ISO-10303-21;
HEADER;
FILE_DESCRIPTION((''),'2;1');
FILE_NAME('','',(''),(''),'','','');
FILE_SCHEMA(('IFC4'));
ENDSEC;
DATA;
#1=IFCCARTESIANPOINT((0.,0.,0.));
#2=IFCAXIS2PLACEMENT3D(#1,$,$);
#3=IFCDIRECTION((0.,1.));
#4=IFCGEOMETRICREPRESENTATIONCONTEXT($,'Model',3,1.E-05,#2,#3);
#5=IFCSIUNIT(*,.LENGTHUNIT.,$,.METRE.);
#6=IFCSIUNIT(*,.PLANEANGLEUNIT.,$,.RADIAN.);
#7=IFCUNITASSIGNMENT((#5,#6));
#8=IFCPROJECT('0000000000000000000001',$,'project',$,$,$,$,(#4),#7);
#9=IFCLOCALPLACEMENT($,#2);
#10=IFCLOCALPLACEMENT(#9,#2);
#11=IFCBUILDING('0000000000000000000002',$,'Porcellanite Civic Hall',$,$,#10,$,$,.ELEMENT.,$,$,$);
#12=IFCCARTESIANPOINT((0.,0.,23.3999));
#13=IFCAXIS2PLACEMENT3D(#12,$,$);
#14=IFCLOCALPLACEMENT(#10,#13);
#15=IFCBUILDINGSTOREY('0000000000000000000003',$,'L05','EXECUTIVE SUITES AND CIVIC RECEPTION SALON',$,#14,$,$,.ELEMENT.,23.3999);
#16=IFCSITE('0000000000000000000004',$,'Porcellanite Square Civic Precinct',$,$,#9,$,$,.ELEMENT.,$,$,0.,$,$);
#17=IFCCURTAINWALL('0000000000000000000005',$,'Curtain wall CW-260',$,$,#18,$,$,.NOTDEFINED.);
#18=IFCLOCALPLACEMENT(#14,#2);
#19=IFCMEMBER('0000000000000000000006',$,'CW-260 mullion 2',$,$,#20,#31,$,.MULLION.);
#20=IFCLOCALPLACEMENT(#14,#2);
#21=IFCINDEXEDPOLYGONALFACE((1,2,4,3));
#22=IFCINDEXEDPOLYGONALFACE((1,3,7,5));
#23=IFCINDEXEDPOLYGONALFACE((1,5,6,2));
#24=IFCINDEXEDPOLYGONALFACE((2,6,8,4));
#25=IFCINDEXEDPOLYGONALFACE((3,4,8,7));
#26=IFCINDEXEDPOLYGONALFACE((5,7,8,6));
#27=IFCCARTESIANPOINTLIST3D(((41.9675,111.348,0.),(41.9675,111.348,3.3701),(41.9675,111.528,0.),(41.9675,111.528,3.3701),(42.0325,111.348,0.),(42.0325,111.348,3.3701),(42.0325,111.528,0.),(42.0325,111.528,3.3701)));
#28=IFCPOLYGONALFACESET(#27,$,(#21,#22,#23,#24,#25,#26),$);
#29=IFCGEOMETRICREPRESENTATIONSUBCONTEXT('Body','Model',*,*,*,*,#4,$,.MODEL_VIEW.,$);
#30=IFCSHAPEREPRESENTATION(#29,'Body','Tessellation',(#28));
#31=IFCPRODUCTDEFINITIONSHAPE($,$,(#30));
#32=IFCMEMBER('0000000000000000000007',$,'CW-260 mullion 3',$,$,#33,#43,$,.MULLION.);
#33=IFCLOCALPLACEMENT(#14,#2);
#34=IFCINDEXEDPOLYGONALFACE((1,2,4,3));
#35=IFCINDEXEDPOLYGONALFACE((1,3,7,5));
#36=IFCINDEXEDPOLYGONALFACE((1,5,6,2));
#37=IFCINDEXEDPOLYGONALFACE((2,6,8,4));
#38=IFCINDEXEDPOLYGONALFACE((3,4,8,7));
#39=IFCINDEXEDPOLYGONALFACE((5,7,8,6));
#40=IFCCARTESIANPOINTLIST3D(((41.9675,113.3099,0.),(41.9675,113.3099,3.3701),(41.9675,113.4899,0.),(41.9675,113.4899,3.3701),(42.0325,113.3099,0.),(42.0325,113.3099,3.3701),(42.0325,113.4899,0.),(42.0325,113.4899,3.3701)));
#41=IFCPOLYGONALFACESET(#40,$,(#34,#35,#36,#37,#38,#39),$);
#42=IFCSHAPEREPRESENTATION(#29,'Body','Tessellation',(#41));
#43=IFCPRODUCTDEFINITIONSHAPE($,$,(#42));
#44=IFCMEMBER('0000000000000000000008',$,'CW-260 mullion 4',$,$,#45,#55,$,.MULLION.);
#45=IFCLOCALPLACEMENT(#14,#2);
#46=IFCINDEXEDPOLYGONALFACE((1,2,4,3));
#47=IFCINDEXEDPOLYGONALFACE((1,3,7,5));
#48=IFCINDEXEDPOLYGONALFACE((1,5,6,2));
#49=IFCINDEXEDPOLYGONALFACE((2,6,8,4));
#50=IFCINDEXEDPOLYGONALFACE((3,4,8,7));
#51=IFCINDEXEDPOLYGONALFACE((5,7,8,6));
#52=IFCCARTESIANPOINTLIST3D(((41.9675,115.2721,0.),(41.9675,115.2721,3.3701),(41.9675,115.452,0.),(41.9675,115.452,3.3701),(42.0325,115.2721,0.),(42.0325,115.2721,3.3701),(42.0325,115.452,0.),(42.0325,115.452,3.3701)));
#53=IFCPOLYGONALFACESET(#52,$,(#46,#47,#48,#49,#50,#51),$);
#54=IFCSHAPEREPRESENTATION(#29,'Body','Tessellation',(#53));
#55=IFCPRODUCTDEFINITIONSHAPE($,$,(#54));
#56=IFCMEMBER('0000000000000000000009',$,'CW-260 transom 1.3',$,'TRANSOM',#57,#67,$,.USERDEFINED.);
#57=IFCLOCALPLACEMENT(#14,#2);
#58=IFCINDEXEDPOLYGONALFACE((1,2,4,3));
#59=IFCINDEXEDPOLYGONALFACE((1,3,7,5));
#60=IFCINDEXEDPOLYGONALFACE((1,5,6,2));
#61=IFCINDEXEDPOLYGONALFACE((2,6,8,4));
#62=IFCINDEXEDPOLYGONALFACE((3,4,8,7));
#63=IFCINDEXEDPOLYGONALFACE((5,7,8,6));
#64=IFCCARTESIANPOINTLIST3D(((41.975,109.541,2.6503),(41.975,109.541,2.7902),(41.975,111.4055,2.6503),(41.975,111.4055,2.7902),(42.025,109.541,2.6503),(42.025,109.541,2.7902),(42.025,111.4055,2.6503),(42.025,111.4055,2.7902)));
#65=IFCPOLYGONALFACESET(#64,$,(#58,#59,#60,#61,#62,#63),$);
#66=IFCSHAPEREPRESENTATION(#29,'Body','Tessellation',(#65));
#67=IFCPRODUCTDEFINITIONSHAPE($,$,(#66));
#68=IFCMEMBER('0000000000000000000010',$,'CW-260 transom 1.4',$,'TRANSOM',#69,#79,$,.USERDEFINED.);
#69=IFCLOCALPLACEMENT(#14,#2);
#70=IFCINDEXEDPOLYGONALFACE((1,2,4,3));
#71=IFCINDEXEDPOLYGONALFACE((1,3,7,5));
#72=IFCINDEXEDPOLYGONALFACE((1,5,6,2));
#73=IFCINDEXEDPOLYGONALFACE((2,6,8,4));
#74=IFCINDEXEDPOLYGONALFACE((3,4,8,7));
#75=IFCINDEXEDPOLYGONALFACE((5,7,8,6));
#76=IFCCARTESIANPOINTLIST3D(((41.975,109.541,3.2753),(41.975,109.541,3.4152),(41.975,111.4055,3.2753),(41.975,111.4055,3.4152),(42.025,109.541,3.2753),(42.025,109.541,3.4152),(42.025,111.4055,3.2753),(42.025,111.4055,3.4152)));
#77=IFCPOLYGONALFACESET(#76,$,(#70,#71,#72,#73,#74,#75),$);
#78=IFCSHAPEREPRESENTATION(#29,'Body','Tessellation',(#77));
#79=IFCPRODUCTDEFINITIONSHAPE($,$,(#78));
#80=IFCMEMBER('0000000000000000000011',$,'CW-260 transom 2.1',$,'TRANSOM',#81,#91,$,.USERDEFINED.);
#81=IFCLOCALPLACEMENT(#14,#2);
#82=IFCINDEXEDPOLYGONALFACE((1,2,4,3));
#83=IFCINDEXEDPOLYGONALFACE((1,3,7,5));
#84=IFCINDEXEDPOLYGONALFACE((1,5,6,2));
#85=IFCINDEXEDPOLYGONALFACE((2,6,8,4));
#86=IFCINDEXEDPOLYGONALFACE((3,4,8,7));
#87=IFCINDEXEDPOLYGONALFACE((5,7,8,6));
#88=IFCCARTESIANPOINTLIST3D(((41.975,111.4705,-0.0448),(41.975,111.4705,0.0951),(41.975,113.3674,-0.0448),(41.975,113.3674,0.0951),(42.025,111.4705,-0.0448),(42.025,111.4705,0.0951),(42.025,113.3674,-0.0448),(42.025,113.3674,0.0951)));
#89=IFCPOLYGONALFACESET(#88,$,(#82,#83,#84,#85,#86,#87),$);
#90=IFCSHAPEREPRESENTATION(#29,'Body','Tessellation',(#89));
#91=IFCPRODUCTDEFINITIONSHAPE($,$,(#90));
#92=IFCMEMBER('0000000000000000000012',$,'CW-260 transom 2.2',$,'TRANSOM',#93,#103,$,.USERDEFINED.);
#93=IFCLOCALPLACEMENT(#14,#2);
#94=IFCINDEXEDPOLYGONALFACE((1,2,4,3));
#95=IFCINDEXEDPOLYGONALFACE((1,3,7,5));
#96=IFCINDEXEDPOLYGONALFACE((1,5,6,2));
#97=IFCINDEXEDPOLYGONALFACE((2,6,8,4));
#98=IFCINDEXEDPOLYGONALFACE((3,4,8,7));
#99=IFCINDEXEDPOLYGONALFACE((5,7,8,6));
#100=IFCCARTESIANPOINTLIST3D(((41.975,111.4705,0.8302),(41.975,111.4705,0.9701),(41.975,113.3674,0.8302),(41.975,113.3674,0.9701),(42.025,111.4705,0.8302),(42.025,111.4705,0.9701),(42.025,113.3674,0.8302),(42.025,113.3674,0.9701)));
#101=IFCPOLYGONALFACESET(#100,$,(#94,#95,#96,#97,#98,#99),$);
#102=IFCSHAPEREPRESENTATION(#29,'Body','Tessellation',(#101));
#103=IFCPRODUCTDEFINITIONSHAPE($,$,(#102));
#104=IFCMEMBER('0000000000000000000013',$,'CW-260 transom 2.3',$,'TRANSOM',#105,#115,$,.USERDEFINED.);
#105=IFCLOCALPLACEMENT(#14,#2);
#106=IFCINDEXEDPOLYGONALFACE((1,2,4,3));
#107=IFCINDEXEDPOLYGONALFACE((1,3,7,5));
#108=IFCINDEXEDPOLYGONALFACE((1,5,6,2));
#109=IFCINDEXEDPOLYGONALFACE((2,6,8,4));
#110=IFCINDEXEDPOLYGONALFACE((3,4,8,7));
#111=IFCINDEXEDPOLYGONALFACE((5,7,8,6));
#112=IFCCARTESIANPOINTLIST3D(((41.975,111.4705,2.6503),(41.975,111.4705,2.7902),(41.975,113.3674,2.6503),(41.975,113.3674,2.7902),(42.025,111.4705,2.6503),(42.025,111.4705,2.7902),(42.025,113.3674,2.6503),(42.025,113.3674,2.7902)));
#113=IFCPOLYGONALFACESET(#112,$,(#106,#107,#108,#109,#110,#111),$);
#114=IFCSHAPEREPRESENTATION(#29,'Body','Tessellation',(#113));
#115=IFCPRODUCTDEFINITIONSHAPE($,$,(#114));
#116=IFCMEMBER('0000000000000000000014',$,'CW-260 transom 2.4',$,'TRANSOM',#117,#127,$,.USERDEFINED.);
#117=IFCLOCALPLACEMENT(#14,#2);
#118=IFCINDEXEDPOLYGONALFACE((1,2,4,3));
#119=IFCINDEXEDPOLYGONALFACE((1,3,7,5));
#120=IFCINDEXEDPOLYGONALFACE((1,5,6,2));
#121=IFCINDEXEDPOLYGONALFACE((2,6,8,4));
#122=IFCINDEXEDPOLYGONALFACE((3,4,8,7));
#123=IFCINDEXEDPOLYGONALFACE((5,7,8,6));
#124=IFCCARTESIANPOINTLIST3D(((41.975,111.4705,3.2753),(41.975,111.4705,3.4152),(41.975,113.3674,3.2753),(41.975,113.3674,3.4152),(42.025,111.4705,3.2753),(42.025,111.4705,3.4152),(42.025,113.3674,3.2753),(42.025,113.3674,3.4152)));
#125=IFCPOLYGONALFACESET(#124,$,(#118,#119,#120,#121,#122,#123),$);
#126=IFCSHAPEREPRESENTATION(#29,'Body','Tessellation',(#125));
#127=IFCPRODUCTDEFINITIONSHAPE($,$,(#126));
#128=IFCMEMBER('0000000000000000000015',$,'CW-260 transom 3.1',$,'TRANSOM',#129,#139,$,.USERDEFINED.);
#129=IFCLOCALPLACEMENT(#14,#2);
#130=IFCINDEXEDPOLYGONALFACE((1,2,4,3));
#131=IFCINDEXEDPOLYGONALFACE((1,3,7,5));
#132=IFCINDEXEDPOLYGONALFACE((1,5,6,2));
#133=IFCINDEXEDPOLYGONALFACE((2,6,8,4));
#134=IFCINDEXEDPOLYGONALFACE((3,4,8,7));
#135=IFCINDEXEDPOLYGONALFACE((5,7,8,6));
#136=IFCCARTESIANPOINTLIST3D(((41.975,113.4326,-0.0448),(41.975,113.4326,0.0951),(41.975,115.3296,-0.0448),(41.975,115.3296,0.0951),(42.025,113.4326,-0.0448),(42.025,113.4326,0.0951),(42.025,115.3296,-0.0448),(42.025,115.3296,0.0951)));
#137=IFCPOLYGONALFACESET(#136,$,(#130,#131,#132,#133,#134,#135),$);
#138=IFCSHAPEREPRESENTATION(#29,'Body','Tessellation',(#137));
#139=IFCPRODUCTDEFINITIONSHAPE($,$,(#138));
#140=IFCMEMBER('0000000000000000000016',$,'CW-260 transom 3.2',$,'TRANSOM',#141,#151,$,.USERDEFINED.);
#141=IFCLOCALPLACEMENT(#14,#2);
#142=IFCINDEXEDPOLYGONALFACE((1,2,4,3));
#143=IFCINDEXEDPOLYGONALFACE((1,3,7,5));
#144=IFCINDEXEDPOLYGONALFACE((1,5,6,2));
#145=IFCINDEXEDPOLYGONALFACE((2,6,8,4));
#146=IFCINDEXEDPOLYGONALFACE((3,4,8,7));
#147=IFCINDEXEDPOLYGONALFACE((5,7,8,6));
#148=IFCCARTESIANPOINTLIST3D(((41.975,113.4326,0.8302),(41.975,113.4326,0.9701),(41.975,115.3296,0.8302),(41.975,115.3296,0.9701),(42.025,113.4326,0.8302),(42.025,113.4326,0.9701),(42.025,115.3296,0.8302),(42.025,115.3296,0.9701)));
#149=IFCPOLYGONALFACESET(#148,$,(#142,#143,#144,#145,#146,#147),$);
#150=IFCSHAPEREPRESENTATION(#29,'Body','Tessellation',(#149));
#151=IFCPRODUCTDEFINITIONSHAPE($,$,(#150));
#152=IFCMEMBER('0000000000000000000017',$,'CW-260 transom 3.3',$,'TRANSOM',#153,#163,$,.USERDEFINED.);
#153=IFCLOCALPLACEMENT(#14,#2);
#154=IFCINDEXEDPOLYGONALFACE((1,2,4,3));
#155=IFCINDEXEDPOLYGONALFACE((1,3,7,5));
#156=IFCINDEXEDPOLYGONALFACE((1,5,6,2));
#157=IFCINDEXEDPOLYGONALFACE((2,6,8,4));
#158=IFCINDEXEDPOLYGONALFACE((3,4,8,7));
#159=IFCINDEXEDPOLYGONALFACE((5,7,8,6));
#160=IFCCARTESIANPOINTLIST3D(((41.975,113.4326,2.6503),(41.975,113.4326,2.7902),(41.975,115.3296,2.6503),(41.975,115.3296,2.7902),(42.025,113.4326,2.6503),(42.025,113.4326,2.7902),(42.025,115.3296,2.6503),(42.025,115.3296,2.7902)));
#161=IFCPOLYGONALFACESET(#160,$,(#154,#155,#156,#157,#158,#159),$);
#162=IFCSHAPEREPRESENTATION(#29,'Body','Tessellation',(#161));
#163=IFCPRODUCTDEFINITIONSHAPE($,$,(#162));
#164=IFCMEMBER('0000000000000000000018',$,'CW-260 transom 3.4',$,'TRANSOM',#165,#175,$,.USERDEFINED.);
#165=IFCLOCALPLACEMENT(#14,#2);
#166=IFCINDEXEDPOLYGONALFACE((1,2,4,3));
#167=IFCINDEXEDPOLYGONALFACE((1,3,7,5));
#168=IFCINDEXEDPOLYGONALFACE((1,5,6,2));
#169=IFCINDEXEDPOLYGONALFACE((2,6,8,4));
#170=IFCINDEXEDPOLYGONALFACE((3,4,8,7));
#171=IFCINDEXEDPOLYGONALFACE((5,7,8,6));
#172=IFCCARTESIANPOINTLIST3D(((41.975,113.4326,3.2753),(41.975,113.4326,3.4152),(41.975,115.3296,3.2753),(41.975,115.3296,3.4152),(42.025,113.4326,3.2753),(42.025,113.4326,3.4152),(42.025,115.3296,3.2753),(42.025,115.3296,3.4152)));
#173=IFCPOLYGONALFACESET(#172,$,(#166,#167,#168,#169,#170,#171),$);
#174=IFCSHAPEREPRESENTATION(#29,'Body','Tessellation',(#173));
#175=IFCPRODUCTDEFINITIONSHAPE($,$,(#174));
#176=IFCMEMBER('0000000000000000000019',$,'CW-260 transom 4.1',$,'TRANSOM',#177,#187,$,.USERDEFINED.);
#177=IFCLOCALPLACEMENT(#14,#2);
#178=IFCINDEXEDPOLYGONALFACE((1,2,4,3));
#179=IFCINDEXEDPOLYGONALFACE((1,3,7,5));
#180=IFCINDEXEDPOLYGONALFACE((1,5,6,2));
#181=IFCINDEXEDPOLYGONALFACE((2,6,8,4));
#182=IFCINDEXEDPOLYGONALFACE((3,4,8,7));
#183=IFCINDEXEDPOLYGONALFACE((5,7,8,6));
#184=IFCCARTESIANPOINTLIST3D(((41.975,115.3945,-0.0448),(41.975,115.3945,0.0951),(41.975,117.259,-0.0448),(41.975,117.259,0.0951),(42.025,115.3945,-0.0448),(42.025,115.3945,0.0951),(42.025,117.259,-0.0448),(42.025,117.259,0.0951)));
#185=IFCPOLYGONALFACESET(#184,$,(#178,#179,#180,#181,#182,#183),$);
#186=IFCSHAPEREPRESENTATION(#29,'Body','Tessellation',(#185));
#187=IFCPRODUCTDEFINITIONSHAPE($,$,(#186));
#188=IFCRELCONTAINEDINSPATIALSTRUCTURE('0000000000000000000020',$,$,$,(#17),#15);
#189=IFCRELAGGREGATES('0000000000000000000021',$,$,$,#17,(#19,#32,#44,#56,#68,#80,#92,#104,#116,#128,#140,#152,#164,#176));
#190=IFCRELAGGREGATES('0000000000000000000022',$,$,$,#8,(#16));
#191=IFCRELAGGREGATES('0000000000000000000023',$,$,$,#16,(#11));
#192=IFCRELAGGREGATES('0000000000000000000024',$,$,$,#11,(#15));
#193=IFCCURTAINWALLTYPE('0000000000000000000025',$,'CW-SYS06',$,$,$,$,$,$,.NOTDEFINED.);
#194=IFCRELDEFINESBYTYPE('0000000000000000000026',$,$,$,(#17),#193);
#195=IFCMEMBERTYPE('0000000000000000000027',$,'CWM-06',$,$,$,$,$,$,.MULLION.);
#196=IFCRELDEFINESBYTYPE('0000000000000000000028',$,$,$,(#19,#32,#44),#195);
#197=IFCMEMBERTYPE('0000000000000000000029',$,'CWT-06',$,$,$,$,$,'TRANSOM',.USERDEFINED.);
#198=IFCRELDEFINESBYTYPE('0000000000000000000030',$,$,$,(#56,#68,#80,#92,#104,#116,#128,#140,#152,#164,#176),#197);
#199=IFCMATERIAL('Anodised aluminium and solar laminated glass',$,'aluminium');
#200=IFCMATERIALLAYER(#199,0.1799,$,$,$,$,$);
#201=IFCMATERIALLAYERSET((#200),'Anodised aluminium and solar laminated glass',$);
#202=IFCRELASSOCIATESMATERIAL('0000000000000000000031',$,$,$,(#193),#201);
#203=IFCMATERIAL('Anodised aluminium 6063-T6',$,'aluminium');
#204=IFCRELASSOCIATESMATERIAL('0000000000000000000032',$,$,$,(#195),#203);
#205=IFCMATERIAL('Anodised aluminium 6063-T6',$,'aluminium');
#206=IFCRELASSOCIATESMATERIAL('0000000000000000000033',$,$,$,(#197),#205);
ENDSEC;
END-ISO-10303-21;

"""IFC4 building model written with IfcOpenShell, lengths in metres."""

from ifc_helpers import new_model, si_unit, direction, frame, origin, origin_2d, place, context, subcontext, project, spatial, rectangle, extrude, material, layer, layer_set, material_profile, profile_set, type_object, element, aggregate, save


model = new_model("IFC4")

# Units and contexts
model_context = context("Model", 3, precision=1e-05, world=origin(), true_north=direction((0.0, 1.0)))
body_context = subcontext(model_context, "Body", "Model", "MODEL_VIEW")
ifc_project = project(units=[si_unit("LENGTHUNIT", "METRE"), si_unit("PLANEANGLEUNIT", "RADIAN")], contexts=[model_context])

# Site, building, storey
site_placement = place(None, origin())
site = spatial("IfcSite", under=ifc_project, at=site_placement, Name="Porcellanite Square Civic Precinct", CompositionType="ELEMENT", RefElevation=0.0)
building_placement = place(site_placement, origin())
building = spatial("IfcBuilding", under=site, at=building_placement, Name="Porcellanite Civic Hall", CompositionType="ELEMENT")
storey_placement = place(building_placement, frame((0.0, 0.0, 23.3999)))
storey = spatial("IfcBuildingStorey", under=building, at=storey_placement, Name="L05", Description="EXECUTIVE SUITES AND CIVIC RECEPTION SALON", CompositionType="ELEMENT", Elevation=23.3999)

# Curtain wall, members
ifc_material_1 = material(Name="Anodised aluminium and solar laminated glass", Category="aluminium")
ifc_layer_1 = layer(ifc_material_1, 0.1799)
ifc_layer_set_1 = layer_set([ifc_layer_1], Name="Anodised aluminium and solar laminated glass")
curtain_wall_type = type_object("IfcCurtainWallType", Name="CW-SYS06", PredefinedType="NOTDEFINED", material=ifc_layer_set_1)
curtain_wall_placement = place(storey_placement, origin())
curtain_wall = element("IfcCurtainWall", 1, at=curtain_wall_placement, inside=storey, type_object=curtain_wall_type, Name="Curtain wall CW-260", PredefinedType="NOTDEFINED")
ifc_material_2 = material(Name="Anodised aluminium 6063-T6", Category="aluminium")
ifc_material_profile_1 = material_profile(ifc_material_2, rectangle(XDim=0.0649, YDim=0.1799, at=origin_2d()), Name="AL-65x180")
ifc_profile_set_1 = profile_set([ifc_material_profile_1], Name="Anodised aluminium 6063-T6")
member_type_1 = type_object("IfcMemberType", Name="CWM-06", PredefinedType="MULLION", material=ifc_profile_set_1)
member_1_placement = place(storey_placement, frame((42.0, 111.438, 0.0), z_axis=(0.0, 0.0, 1.0), x_axis=(-1.0, 0.0, 0.0)))
member_1 = element("IfcMember", 2, at=member_1_placement, type_object=member_type_1, Name="CW-260 mullion 2", PredefinedType="MULLION", context=body_context, shape_type="SweptSolid", body=[
    extrude(rectangle(XDim=0.0649, YDim=0.1799, at=origin_2d()), origin(), (0.0, 0.0, 1.0), 3.3701),
])
member_2_placement = place(storey_placement, frame((42.0, 113.3999, 0.0), z_axis=(0.0, 0.0, 1.0), x_axis=(-1.0, 0.0, 0.0)))
member_2 = element("IfcMember", 3, at=member_2_placement, type_object=member_type_1, Name="CW-260 mullion 3", PredefinedType="MULLION", context=body_context, shape_type="SweptSolid", body=[
    extrude(rectangle(XDim=0.0649, YDim=0.1799, at=origin_2d()), origin(), (0.0, 0.0, 1.0), 3.3701),
])
member_3_placement = place(storey_placement, frame((42.0, 115.3621, 0.0), z_axis=(0.0, 0.0, 1.0), x_axis=(-1.0, 0.0, 0.0)))
member_3 = element("IfcMember", 4, at=member_3_placement, type_object=member_type_1, Name="CW-260 mullion 4", PredefinedType="MULLION", context=body_context, shape_type="SweptSolid", body=[
    extrude(rectangle(XDim=0.0649, YDim=0.1799, at=origin_2d()), origin(), (0.0, 0.0, 1.0), 3.3701),
])
ifc_material_3 = material(Name="Anodised aluminium 6063-T6", Category="aluminium")
ifc_material_profile_2 = material_profile(ifc_material_3, rectangle(XDim=0.05, YDim=0.1399, at=origin_2d()), Name="AL-50x140")
ifc_profile_set_2 = profile_set([ifc_material_profile_2], Name="Anodised aluminium 6063-T6")
member_type_2 = type_object("IfcMemberType", Name="CWT-06", ElementType="TRANSOM", PredefinedType="USERDEFINED", material=ifc_profile_set_2)
member_4_placement = place(storey_placement, frame((42.0, 109.541, 2.7202), z_axis=(0.0, 1.0, 0.0), x_axis=(-1.0, 0.0, 0.0)))
member_4 = element("IfcMember", 5, at=member_4_placement, type_object=member_type_2, Name="CW-260 transom 1.3", ObjectType="TRANSOM", PredefinedType="USERDEFINED", context=body_context, shape_type="SweptSolid", body=[
    extrude(rectangle(XDim=0.05, YDim=0.1399, at=origin_2d()), origin(), (0.0, 0.0, 1.0), 1.8645),
])
member_5_placement = place(storey_placement, frame((42.0, 109.541, 3.3452), z_axis=(0.0, 1.0, 0.0), x_axis=(-1.0, 0.0, 0.0)))
member_5 = element("IfcMember", 6, at=member_5_placement, type_object=member_type_2, Name="CW-260 transom 1.4", ObjectType="TRANSOM", PredefinedType="USERDEFINED", context=body_context, shape_type="SweptSolid", body=[
    extrude(rectangle(XDim=0.05, YDim=0.1399, at=origin_2d()), origin(), (0.0, 0.0, 1.0), 1.8645),
])
member_6_placement = place(storey_placement, frame((42.0, 111.4705, 0.0251), z_axis=(0.0, 1.0, 0.0), x_axis=(-1.0, 0.0, 0.0)))
member_6 = element("IfcMember", 7, at=member_6_placement, type_object=member_type_2, Name="CW-260 transom 2.1", ObjectType="TRANSOM", PredefinedType="USERDEFINED", context=body_context, shape_type="SweptSolid", body=[
    extrude(rectangle(XDim=0.05, YDim=0.1399, at=origin_2d()), origin(), (0.0, 0.0, 1.0), 1.897),
])
member_7_placement = place(storey_placement, frame((42.0, 111.4705, 0.9001), z_axis=(0.0, 1.0, 0.0), x_axis=(-1.0, 0.0, 0.0)))
member_7 = element("IfcMember", 8, at=member_7_placement, type_object=member_type_2, Name="CW-260 transom 2.2", ObjectType="TRANSOM", PredefinedType="USERDEFINED", context=body_context, shape_type="SweptSolid", body=[
    extrude(rectangle(XDim=0.05, YDim=0.1399, at=origin_2d()), origin(), (0.0, 0.0, 1.0), 1.897),
])
member_8_placement = place(storey_placement, frame((42.0, 111.4705, 2.7202), z_axis=(0.0, 1.0, 0.0), x_axis=(-1.0, 0.0, 0.0)))
member_8 = element("IfcMember", 9, at=member_8_placement, type_object=member_type_2, Name="CW-260 transom 2.3", ObjectType="TRANSOM", PredefinedType="USERDEFINED", context=body_context, shape_type="SweptSolid", body=[
    extrude(rectangle(XDim=0.05, YDim=0.1399, at=origin_2d()), origin(), (0.0, 0.0, 1.0), 1.897),
])
member_9_placement = place(storey_placement, frame((42.0, 111.4705, 3.3452), z_axis=(0.0, 1.0, 0.0), x_axis=(-1.0, 0.0, 0.0)))
member_9 = element("IfcMember", 10, at=member_9_placement, type_object=member_type_2, Name="CW-260 transom 2.4", ObjectType="TRANSOM", PredefinedType="USERDEFINED", context=body_context, shape_type="SweptSolid", body=[
    extrude(rectangle(XDim=0.05, YDim=0.1399, at=origin_2d()), origin(), (0.0, 0.0, 1.0), 1.897),
])
member_10_placement = place(storey_placement, frame((42.0, 113.4326, 0.0251), z_axis=(0.0, 1.0, 0.0), x_axis=(-1.0, 0.0, 0.0)))
member_10 = element("IfcMember", 11, at=member_10_placement, type_object=member_type_2, Name="CW-260 transom 3.1", ObjectType="TRANSOM", PredefinedType="USERDEFINED", context=body_context, shape_type="SweptSolid", body=[
    extrude(rectangle(XDim=0.05, YDim=0.1399, at=origin_2d()), origin(), (0.0, 0.0, 1.0), 1.897),
])
member_11_placement = place(storey_placement, frame((42.0, 113.4326, 0.9001), z_axis=(0.0, 1.0, 0.0), x_axis=(-1.0, 0.0, 0.0)))
member_11 = element("IfcMember", 12, at=member_11_placement, type_object=member_type_2, Name="CW-260 transom 3.2", ObjectType="TRANSOM", PredefinedType="USERDEFINED", context=body_context, shape_type="SweptSolid", body=[
    extrude(rectangle(XDim=0.05, YDim=0.1399, at=origin_2d()), origin(), (0.0, 0.0, 1.0), 1.897),
])
member_12_placement = place(storey_placement, frame((42.0, 113.4326, 2.7202), z_axis=(0.0, 1.0, 0.0), x_axis=(-1.0, 0.0, 0.0)))
member_12 = element("IfcMember", 13, at=member_12_placement, type_object=member_type_2, Name="CW-260 transom 3.3", ObjectType="TRANSOM", PredefinedType="USERDEFINED", context=body_context, shape_type="SweptSolid", body=[
    extrude(rectangle(XDim=0.05, YDim=0.1399, at=origin_2d()), origin(), (0.0, 0.0, 1.0), 1.897),
])
member_13_placement = place(storey_placement, frame((42.0, 113.4326, 3.3452), z_axis=(0.0, 1.0, 0.0), x_axis=(-1.0, 0.0, 0.0)))
member_13 = element("IfcMember", 14, at=member_13_placement, type_object=member_type_2, Name="CW-260 transom 3.4", ObjectType="TRANSOM", PredefinedType="USERDEFINED", context=body_context, shape_type="SweptSolid", body=[
    extrude(rectangle(XDim=0.05, YDim=0.1399, at=origin_2d()), origin(), (0.0, 0.0, 1.0), 1.897),
])
member_14_placement = place(storey_placement, frame((42.0, 115.3945, 0.0251), z_axis=(0.0, 1.0, 0.0), x_axis=(-1.0, 0.0, 0.0)))
member_14 = element("IfcMember", 15, at=member_14_placement, type_object=member_type_2, Name="CW-260 transom 4.1", ObjectType="TRANSOM", PredefinedType="USERDEFINED", context=body_context, shape_type="SweptSolid", body=[
    extrude(rectangle(XDim=0.05, YDim=0.1399, at=origin_2d()), origin(), (0.0, 0.0, 1.0), 1.8645),
])
aggregate(curtain_wall, [member_1, member_2, member_3, member_4, member_5, member_6, member_7, member_8, member_9, member_10, member_11, member_12, member_13, member_14])

save(model, "model.ifc")
